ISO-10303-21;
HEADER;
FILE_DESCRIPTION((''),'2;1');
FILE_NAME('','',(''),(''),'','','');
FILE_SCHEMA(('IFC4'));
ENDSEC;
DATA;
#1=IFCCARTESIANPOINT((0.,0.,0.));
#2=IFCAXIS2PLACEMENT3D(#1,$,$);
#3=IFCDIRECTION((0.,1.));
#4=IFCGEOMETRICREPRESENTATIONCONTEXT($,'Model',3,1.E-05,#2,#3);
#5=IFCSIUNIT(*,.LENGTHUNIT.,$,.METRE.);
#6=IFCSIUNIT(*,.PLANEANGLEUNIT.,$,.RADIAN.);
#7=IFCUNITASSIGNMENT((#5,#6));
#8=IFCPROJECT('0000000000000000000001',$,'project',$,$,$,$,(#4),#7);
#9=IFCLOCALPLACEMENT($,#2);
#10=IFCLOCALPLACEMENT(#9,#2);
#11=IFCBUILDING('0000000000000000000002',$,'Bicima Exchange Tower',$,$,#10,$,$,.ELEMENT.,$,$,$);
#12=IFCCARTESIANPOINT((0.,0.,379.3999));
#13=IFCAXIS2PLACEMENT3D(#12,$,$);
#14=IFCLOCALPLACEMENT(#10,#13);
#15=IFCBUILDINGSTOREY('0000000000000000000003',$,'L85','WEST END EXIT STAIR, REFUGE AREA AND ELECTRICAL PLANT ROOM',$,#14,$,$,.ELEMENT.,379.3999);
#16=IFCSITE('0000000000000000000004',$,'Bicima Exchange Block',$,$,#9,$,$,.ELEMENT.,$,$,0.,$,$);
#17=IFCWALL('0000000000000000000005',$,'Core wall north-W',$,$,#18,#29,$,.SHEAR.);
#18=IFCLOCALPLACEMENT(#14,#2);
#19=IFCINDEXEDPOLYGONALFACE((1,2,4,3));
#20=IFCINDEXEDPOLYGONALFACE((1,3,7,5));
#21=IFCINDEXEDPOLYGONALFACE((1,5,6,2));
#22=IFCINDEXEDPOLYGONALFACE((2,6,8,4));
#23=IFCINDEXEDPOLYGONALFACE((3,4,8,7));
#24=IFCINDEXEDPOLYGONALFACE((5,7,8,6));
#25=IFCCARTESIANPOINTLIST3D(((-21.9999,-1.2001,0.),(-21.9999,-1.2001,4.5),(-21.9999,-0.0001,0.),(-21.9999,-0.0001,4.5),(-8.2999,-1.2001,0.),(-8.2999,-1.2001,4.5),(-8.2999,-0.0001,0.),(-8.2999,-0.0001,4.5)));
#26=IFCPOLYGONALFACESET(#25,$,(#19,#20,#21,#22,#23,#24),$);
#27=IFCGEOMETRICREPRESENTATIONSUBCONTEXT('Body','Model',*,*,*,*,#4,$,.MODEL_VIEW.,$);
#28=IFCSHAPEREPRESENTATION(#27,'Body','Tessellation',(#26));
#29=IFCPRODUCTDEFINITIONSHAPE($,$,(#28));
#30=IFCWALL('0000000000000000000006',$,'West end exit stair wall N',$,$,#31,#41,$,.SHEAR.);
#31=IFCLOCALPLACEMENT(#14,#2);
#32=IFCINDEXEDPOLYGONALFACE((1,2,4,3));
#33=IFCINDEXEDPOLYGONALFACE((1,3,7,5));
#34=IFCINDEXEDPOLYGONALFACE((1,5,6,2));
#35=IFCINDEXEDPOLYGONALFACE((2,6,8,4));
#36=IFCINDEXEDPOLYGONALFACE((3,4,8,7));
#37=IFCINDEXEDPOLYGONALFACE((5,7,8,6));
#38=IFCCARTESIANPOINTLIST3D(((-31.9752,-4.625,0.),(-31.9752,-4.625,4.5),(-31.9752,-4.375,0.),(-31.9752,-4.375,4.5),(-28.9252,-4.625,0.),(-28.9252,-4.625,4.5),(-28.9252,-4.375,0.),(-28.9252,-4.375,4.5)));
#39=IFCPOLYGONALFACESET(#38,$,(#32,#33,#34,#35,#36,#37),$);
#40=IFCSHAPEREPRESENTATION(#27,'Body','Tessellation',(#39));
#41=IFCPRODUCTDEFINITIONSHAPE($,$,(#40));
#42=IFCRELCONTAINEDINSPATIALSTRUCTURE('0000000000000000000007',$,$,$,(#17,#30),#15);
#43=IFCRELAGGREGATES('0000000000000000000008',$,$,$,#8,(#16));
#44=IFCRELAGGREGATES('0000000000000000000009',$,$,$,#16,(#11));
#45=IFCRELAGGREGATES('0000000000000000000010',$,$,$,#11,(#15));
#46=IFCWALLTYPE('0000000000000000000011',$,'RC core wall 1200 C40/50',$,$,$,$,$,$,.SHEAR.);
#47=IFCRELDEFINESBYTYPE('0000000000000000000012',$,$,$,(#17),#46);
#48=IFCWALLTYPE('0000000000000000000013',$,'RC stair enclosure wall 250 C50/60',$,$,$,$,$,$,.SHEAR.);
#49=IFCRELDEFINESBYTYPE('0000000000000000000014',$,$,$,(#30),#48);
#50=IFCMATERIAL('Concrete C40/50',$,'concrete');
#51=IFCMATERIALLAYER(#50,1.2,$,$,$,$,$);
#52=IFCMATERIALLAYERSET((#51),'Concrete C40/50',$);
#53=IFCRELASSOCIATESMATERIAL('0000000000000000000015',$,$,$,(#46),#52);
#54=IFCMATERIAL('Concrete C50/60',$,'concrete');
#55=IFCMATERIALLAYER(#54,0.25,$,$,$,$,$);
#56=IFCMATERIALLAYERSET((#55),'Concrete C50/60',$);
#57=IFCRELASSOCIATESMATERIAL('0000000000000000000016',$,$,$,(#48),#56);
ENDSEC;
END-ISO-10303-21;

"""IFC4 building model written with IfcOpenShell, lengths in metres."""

from ifc_helpers import new_model, si_unit, direction, frame, frame_2d, origin, place, context, subcontext, project, spatial, rectangle, extrude, material, layer, layer_set, type_object, element, save


model = new_model("IFC4")

# Units and contexts
model_context = context("Model", 3, precision=1e-05, world=origin(), true_north=direction((0.0, 1.0)))
body_context = subcontext(model_context, "Body", "Model", "MODEL_VIEW")
ifc_project = project(units=[si_unit("LENGTHUNIT", "METRE"), si_unit("PLANEANGLEUNIT", "RADIAN")], contexts=[model_context])

# Site, building, storey
site_placement = place(None, origin())
site = spatial("IfcSite", under=ifc_project, at=site_placement, Name="Bicima Exchange Block", CompositionType="ELEMENT", RefElevation=0.0)
building_placement = place(site_placement, origin())
building = spatial("IfcBuilding", under=site, at=building_placement, Name="Bicima Exchange Tower", CompositionType="ELEMENT")
storey_placement = place(building_placement, frame((0.0, 0.0, 379.3999)))
storey = spatial("IfcBuildingStorey", under=building, at=storey_placement, Name="L85", Description="WEST END EXIT STAIR, REFUGE AREA AND ELECTRICAL PLANT ROOM", CompositionType="ELEMENT", Elevation=379.3999)

# Walls
ifc_material_1 = material(Name="Concrete C40/50", Category="concrete")
ifc_layer_1 = layer(ifc_material_1, 1.2)
ifc_layer_set_1 = layer_set([ifc_layer_1], Name="Concrete C40/50")
wall_type_1 = type_object("IfcWallType", Name="RC core wall 1200 C40/50", PredefinedType="SHEAR", material=ifc_layer_set_1)
wall_1_placement = place(storey_placement, frame((-22.0, -0.6001, 0.0), z_axis=(0.0, 0.0, 1.0), x_axis=(1.0, 0.0, 0.0)))
element("IfcWall", 1, at=wall_1_placement, inside=storey, type_object=wall_type_1, Name="Core wall north-W", PredefinedType="SHEAR", context=body_context, shape_type="SweptSolid", body=[
    extrude(rectangle(XDim=13.7, YDim=1.2, at=frame_2d((6.8501, 0.0))), origin(), (0.0, 0.0, 1.0), 4.5),
])
ifc_material_2 = material(Name="Concrete C50/60", Category="concrete")
ifc_layer_2 = layer(ifc_material_2, 0.25)
ifc_layer_set_2 = layer_set([ifc_layer_2], Name="Concrete C50/60")
wall_type_2 = type_object("IfcWallType", Name="RC stair enclosure wall 250 C50/60", PredefinedType="SHEAR", material=ifc_layer_set_2)
wall_2_placement = place(storey_placement, frame((-31.9751, -4.5, 0.0), z_axis=(0.0, 0.0, 1.0), x_axis=(1.0, 0.0, 0.0)))
element("IfcWall", 2, at=wall_2_placement, inside=storey, type_object=wall_type_2, Name="West end exit stair wall N", PredefinedType="SHEAR", context=body_context, shape_type="SweptSolid", body=[
    extrude(rectangle(XDim=3.05, YDim=0.25, at=frame_2d((1.5249, 0.0))), origin(), (0.0, 0.0, 1.0), 4.5),
])

save(model, "model.ifc")
